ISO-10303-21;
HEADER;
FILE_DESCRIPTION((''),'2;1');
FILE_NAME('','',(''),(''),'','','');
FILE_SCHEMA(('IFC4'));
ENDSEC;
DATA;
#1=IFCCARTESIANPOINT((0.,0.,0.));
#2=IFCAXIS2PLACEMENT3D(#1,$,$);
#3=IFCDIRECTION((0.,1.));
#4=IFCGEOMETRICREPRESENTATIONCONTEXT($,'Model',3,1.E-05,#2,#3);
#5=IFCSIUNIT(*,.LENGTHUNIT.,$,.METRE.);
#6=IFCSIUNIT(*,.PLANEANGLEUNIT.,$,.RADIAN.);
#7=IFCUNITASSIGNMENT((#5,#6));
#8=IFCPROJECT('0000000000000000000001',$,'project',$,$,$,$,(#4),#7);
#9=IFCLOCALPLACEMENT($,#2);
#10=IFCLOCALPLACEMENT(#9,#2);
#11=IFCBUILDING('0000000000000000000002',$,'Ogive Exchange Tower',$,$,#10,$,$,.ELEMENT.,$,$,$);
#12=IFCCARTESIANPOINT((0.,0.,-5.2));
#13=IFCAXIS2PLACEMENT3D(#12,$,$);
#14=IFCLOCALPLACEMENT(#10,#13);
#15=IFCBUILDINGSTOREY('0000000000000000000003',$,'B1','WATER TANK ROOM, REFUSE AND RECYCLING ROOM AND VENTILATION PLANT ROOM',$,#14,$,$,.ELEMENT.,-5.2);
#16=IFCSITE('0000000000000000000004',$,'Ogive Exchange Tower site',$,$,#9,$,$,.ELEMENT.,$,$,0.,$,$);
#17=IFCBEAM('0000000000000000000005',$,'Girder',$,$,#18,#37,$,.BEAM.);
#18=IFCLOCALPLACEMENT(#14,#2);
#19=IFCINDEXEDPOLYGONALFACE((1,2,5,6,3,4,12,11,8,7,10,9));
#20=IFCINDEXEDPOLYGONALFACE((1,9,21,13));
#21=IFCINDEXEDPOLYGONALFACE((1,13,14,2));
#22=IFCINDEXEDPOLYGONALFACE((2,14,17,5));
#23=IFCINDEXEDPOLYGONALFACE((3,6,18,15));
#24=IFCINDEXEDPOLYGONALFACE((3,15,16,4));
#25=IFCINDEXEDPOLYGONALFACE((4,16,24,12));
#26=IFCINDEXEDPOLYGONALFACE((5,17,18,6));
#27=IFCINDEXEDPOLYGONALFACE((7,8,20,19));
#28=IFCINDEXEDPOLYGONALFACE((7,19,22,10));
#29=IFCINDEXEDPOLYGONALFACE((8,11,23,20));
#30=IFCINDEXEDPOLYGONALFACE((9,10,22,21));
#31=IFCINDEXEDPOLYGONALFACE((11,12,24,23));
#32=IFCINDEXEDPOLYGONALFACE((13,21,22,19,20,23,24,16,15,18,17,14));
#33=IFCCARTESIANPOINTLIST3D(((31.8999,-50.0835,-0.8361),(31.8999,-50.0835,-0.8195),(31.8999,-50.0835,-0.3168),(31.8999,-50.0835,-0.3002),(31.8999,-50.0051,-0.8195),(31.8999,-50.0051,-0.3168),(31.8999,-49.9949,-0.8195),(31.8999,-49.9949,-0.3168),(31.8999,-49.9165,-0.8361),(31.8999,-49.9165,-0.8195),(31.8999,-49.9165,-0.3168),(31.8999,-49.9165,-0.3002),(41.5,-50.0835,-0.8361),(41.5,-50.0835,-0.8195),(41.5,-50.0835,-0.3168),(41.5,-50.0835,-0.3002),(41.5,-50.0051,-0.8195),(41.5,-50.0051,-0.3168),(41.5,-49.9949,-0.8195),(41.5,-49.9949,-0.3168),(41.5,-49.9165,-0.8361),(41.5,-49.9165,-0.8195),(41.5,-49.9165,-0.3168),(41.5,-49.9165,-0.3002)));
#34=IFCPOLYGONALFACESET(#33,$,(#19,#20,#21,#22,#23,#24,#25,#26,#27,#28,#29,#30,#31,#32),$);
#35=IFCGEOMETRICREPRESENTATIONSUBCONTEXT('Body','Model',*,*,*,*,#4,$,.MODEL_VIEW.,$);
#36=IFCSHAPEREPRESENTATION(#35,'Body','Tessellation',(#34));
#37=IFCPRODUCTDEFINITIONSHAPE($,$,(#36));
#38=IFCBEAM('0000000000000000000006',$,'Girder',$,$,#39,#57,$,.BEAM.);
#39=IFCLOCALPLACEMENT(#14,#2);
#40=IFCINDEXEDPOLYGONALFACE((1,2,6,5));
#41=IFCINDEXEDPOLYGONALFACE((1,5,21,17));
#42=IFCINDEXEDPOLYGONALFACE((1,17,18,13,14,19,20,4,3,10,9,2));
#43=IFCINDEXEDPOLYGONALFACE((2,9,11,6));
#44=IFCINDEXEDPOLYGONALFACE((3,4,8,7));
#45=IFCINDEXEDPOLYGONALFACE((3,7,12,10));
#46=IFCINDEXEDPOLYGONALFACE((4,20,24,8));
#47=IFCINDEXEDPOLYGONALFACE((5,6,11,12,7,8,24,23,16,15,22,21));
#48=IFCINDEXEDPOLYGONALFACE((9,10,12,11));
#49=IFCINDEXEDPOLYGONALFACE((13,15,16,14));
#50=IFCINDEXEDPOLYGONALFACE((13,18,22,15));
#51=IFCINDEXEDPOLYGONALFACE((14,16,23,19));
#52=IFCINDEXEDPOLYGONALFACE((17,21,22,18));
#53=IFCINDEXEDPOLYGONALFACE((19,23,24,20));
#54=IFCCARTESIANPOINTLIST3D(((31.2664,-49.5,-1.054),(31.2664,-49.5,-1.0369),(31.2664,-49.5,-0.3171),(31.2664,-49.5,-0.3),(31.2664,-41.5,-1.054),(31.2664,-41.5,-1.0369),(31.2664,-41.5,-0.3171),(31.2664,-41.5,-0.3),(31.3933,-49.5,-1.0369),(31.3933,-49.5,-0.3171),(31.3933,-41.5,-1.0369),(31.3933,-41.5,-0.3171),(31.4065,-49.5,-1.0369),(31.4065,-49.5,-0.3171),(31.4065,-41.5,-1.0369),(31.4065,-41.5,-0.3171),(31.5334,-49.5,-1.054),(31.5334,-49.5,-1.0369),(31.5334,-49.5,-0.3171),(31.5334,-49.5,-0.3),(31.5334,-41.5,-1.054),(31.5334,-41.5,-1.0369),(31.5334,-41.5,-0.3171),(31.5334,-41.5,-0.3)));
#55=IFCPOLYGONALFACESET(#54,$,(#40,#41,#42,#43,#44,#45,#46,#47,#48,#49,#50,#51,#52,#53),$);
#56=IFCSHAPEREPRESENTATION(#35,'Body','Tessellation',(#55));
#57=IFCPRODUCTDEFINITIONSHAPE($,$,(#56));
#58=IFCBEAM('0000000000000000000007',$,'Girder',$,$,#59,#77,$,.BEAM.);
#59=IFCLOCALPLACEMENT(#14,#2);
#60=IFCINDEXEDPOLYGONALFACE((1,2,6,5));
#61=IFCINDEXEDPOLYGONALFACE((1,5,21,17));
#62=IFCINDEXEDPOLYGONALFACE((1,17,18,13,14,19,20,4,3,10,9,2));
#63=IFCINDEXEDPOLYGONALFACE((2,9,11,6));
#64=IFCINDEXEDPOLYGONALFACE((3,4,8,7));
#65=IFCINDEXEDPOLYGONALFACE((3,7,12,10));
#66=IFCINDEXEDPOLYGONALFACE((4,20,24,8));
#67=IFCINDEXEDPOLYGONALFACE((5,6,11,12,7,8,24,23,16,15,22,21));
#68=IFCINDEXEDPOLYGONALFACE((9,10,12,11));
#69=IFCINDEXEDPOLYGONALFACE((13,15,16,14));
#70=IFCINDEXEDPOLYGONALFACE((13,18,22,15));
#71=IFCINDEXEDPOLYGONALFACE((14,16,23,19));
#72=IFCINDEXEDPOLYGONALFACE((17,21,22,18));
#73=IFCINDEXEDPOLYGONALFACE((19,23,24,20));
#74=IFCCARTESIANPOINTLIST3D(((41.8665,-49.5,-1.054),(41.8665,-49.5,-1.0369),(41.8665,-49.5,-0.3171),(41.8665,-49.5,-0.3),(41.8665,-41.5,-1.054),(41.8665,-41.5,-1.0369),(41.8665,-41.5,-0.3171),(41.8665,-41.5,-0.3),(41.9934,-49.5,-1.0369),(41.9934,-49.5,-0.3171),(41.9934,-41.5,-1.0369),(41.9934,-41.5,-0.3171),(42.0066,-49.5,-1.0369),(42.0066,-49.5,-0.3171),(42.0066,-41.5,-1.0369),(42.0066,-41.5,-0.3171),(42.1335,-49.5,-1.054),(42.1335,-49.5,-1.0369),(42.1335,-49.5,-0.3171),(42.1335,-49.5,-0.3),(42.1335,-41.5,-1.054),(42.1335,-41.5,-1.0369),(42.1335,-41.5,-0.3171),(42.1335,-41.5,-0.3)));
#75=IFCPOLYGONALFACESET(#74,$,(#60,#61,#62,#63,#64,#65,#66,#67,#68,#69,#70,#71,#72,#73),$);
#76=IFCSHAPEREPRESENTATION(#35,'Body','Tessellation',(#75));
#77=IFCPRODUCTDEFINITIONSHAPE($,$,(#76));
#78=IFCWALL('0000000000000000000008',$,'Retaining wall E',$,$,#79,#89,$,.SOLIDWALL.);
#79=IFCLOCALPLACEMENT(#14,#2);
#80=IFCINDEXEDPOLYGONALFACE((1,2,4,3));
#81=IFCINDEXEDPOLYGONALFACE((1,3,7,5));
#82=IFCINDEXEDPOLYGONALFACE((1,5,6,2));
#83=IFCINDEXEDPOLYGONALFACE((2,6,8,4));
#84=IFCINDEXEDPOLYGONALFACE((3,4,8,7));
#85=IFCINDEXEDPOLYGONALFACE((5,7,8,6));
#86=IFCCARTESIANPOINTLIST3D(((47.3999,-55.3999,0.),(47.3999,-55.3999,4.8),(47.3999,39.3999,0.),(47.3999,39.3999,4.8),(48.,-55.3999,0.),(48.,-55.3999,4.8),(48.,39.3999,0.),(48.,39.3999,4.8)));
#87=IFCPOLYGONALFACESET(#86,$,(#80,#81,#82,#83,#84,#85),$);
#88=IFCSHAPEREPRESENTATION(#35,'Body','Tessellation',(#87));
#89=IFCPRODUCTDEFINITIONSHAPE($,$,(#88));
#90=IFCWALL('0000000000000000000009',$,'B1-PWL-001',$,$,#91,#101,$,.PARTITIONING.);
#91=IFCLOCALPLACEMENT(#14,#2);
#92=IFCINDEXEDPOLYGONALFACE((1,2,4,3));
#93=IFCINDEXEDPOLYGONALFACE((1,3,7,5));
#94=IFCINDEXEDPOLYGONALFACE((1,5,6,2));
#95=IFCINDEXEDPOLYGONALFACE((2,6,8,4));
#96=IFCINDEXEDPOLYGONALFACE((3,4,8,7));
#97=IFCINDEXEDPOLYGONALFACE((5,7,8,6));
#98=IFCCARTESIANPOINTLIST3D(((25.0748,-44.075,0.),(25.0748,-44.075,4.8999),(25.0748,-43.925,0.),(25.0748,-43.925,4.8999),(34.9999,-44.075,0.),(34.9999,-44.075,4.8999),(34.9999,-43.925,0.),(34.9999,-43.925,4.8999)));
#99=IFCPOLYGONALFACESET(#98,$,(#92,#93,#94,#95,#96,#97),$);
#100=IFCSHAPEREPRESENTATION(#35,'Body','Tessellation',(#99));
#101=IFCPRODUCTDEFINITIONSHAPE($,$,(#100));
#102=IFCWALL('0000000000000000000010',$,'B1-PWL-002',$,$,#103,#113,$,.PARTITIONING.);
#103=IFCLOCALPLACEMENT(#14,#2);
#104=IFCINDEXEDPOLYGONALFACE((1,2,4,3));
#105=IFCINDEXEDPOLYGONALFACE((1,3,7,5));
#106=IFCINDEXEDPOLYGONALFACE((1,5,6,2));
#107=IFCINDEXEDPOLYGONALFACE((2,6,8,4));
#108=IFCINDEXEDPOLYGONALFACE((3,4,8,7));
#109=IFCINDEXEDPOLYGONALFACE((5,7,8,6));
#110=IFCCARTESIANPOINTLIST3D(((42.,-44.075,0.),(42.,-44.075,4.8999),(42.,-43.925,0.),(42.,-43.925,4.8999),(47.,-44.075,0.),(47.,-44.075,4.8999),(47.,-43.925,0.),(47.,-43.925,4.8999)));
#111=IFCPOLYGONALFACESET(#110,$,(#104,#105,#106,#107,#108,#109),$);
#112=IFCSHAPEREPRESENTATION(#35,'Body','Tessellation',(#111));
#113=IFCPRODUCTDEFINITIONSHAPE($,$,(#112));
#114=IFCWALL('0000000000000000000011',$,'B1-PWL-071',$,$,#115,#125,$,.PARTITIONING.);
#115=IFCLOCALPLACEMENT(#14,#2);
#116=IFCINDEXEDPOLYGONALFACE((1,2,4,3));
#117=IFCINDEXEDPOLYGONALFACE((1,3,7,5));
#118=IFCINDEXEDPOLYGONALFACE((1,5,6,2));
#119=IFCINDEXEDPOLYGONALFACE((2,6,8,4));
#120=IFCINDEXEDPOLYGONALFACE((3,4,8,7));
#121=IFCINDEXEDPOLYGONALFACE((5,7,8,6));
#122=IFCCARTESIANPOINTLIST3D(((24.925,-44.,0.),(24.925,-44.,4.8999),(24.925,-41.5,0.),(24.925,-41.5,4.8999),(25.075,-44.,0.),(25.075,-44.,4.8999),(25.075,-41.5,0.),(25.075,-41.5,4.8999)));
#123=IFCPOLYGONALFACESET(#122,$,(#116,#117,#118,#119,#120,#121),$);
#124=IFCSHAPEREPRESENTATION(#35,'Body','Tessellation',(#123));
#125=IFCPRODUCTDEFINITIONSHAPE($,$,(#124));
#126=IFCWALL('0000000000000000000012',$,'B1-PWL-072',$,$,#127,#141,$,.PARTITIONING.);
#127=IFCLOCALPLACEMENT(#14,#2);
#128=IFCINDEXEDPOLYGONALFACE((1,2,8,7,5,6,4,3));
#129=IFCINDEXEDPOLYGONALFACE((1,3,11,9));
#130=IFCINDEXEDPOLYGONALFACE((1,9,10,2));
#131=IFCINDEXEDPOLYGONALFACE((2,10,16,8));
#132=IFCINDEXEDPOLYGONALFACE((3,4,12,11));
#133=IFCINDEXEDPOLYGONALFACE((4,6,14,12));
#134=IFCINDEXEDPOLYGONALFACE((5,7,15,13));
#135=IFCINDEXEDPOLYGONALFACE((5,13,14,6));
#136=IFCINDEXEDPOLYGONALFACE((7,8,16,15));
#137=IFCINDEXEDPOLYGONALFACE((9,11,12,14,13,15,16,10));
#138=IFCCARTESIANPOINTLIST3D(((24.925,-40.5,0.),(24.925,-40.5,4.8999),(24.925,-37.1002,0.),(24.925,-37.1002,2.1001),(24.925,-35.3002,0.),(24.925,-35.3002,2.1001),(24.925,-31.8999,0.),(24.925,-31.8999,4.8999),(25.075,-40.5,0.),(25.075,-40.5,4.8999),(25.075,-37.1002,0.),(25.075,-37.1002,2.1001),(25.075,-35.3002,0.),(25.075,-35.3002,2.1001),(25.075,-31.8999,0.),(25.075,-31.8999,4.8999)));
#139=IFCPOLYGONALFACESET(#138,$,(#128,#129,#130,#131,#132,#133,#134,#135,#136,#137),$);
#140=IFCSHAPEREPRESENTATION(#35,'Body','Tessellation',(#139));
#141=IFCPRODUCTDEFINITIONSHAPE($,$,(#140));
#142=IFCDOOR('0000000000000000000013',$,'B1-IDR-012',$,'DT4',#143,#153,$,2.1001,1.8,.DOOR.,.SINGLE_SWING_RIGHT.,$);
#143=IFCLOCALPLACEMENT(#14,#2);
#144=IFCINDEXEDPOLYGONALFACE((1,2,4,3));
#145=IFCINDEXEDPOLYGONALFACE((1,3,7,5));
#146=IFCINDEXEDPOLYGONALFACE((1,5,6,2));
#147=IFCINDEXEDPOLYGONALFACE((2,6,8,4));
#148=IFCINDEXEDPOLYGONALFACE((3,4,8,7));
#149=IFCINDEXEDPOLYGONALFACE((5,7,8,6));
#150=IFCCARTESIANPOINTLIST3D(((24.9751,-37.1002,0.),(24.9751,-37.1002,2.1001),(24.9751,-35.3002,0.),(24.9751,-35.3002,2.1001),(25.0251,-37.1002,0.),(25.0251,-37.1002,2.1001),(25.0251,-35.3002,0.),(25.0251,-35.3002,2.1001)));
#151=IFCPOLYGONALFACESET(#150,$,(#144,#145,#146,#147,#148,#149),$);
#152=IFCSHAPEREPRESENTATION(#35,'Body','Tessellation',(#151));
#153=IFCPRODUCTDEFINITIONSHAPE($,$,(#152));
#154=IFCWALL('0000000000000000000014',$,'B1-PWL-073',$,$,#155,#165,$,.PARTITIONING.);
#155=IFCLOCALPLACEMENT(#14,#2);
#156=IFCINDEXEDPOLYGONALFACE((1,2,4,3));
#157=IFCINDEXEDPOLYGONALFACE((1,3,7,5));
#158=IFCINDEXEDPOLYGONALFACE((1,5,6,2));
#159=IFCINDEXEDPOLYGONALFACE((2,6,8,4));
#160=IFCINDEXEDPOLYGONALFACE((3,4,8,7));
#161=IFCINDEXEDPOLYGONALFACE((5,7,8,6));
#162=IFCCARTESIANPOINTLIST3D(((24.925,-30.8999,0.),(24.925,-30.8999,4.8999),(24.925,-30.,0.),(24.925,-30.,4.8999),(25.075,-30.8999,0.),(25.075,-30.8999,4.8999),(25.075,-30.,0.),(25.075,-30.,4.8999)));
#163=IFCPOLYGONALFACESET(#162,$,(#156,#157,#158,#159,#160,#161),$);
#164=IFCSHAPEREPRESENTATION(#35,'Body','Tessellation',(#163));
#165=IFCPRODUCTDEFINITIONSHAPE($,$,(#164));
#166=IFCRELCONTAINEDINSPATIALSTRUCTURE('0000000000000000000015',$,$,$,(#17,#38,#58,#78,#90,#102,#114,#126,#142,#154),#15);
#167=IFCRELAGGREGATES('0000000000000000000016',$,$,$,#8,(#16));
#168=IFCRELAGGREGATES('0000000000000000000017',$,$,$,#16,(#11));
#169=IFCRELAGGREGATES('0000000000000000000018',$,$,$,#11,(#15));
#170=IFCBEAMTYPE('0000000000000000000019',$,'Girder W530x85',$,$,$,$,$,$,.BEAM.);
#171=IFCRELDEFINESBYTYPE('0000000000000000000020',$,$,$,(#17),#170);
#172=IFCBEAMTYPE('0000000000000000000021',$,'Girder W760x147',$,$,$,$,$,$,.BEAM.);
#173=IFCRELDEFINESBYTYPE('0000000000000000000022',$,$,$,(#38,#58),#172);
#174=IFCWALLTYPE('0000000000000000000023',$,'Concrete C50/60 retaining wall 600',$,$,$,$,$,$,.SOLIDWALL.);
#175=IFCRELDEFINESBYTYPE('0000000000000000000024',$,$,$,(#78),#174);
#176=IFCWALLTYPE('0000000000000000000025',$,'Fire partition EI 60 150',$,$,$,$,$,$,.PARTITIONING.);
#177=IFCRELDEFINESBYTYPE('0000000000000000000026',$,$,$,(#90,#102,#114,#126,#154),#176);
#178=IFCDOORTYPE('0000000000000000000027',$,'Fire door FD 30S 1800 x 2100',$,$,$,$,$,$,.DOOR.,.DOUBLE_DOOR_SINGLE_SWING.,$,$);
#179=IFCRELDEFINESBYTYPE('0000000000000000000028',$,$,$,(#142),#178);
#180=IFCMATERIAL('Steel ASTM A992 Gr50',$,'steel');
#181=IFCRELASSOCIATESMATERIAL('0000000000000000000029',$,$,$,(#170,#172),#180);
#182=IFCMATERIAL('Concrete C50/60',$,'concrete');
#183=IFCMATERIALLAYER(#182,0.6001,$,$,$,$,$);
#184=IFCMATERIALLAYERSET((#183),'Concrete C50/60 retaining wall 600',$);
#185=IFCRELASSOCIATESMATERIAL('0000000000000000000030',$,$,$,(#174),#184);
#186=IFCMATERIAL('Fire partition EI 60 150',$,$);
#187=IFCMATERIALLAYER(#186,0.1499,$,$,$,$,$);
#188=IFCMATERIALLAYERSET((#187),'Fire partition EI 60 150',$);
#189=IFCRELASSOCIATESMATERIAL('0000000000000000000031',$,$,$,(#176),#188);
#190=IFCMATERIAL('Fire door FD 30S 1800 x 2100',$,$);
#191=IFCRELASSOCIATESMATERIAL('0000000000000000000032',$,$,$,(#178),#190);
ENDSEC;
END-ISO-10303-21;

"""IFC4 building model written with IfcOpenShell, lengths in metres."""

from ifc_helpers import new_model, si_unit, direction, frame, frame_2d, origin, origin_2d, place, context, subcontext, project, spatial, rectangle, i_section, extrude, material, layer, layer_set, material_profile, profile_set, type_object, element, fill, save


model = new_model("IFC4")

# Units and contexts
model_context = context("Model", 3, precision=1e-05, world=origin(), true_north=direction((0.0, 1.0)))
body_context = subcontext(model_context, "Body", "Model", "MODEL_VIEW")
ifc_project = project(units=[si_unit("LENGTHUNIT", "METRE"), si_unit("PLANEANGLEUNIT", "RADIAN")], contexts=[model_context])

# Site, building, storey
site_placement = place(None, origin())
site = spatial("IfcSite", under=ifc_project, at=site_placement, Name="Ogive Exchange Tower site", CompositionType="ELEMENT", RefElevation=0.0)
building_placement = place(site_placement, origin())
building = spatial("IfcBuilding", under=site, at=building_placement, Name="Ogive Exchange Tower", CompositionType="ELEMENT")
storey_placement = place(building_placement, frame((0.0, 0.0, -5.2)))
storey = spatial("IfcBuildingStorey", under=building, at=storey_placement, Name="B1", Description="WATER TANK ROOM, REFUSE AND RECYCLING ROOM AND VENTILATION PLANT ROOM", CompositionType="ELEMENT", Elevation=-5.2)

# Beams
ifc_material_1 = material(Name="Steel ASTM A992 Gr50", Category="steel")
ifc_material_profile_1 = material_profile(ifc_material_1, i_section(OverallWidth=0.167, OverallDepth=0.5359, WebThickness=0.0103, FlangeThickness=0.0166, at=origin_2d()), Name="W530x85")
ifc_profile_set_1 = profile_set([ifc_material_profile_1], Name="Steel ASTM A992 Gr50")
beam_type_1 = type_object("IfcBeamType", Name="Girder W530x85", PredefinedType="BEAM", material=ifc_profile_set_1)
beam_1_placement = place(storey_placement, frame((31.8999, -50.0, -0.5681), z_axis=(1.0, 0.0, 0.0), x_axis=(0.0, 1.0, 0.0)))
element("IfcBeam", 1, at=beam_1_placement, inside=storey, type_object=beam_type_1, Name="Girder", PredefinedType="BEAM", context=body_context, shape_type="SweptSolid", body=[
    extrude(i_section(OverallWidth=0.167, OverallDepth=0.5359, WebThickness=0.0103, FlangeThickness=0.0166, at=origin_2d()), origin(), (0.0, 0.0, 1.0), 9.6001),
])
ifc_material_profile_2 = material_profile(ifc_material_1, i_section(OverallWidth=0.2671, OverallDepth=0.7539, WebThickness=0.0132, FlangeThickness=0.0171, at=origin_2d()), Name="W760x147")
ifc_profile_set_2 = profile_set([ifc_material_profile_2], Name="Steel ASTM A992 Gr50")
beam_type_2 = type_object("IfcBeamType", Name="Girder W760x147", PredefinedType="BEAM", material=ifc_profile_set_2)
for number, where, z_axis, x_axis, name in (
    (2, (31.3999, -49.5, -0.677), (0.0, 1.0, 0.0), (-1.0, 0.0, 0.0), "Girder"),
    (3, (42.0, -49.5, -0.677), (0.0, 1.0, 0.0), (-1.0, 0.0, 0.0), "Girder"),
):
    element("IfcBeam", number, at=place(storey_placement, frame(where, z_axis=z_axis, x_axis=x_axis)), inside=storey, type_object=beam_type_2, Name=name, PredefinedType="BEAM", context=body_context, shape_type="SweptSolid", body=[
        extrude(i_section(OverallWidth=0.2671, OverallDepth=0.7539, WebThickness=0.0132, FlangeThickness=0.0171, at=origin_2d()), origin(), (0.0, 0.0, 1.0), 8.0),
    ])

# Walls
ifc_material_2 = material(Name="Concrete C50/60", Category="concrete")
ifc_layer_1 = layer(ifc_material_2, 0.6001)
ifc_layer_set_1 = layer_set([ifc_layer_1], Name="Concrete C50/60 retaining wall 600")
wall_type_1 = type_object("IfcWallType", Name="Concrete C50/60 retaining wall 600", PredefinedType="SOLIDWALL", material=ifc_layer_set_1)
wall_1_placement = place(storey_placement, frame((47.7, -55.3999, 0.0), z_axis=(0.0, 0.0, 1.0), x_axis=(0.0, 1.0, 0.0)))
element("IfcWall", 4, at=wall_1_placement, inside=storey, type_object=wall_type_1, Name="Retaining wall E", PredefinedType="SOLIDWALL", context=body_context, shape_type="SweptSolid", body=[
    extrude(rectangle(XDim=94.7998, YDim=0.6001, at=frame_2d((47.3999, 0.0))), origin(), (0.0, 0.0, 1.0), 4.8),
])
ifc_material_3 = material(Name="Fire partition EI 60 150")
ifc_layer_2 = layer(ifc_material_3, 0.1499)
ifc_layer_set_2 = layer_set([ifc_layer_2], Name="Fire partition EI 60 150")
wall_type_2 = type_object("IfcWallType", Name="Fire partition EI 60 150", PredefinedType="PARTITIONING", material=ifc_layer_set_2)
wall_2_placement = place(storey_placement, frame((25.075, -44.0, 0.0), z_axis=(0.0, 0.0, 1.0), x_axis=(1.0, 0.0, 0.0)))
element("IfcWall", 5, at=wall_2_placement, inside=storey, type_object=wall_type_2, Name="B1-PWL-001", PredefinedType="PARTITIONING", context=body_context, shape_type="SweptSolid", body=[
    extrude(rectangle(XDim=9.925, YDim=0.1499, at=frame_2d((4.9624, 0.0))), origin(), (0.0, 0.0, 1.0), 4.8999),
])
wall_3_placement = place(storey_placement, frame((42.0, -44.0, 0.0), z_axis=(0.0, 0.0, 1.0), x_axis=(1.0, 0.0, 0.0)))
element("IfcWall", 6, at=wall_3_placement, inside=storey, type_object=wall_type_2, Name="B1-PWL-002", PredefinedType="PARTITIONING", context=body_context, shape_type="SweptSolid", body=[
    extrude(rectangle(XDim=5.0, YDim=0.1499, at=frame_2d((2.5, 0.0))), origin(), (0.0, 0.0, 1.0), 4.8999),
])
wall_4_placement = place(storey_placement, frame((25.0, -44.0, 0.0), z_axis=(0.0, 0.0, 1.0), x_axis=(0.0, 1.0, 0.0)))
element("IfcWall", 7, at=wall_4_placement, inside=storey, type_object=wall_type_2, Name="B1-PWL-071", PredefinedType="PARTITIONING", context=body_context, shape_type="SweptSolid", body=[
    extrude(rectangle(XDim=2.5, YDim=0.1499, at=frame_2d((1.25, 0.0))), origin(), (0.0, 0.0, 1.0), 4.8999),
])

# Wall, opening, door
wall_5_placement = place(storey_placement, frame((25.0, -40.5, 0.0), z_axis=(0.0, 0.0, 1.0), x_axis=(0.0, 1.0, 0.0)))
wall_5 = element("IfcWall", 8, at=wall_5_placement, inside=storey, type_object=wall_type_2, Name="B1-PWL-072", PredefinedType="PARTITIONING", context=body_context, shape_type="SweptSolid", body=[
    extrude(rectangle(XDim=8.6001, YDim=0.1499, at=frame_2d((4.3, 0.0))), origin(), (0.0, 0.0, 1.0), 4.8999),
])
opening_placement = place(wall_5_placement, frame((3.3999, 0.0, 0.0)))
opening = element("IfcOpeningElement", 9, at=opening_placement, cuts=wall_5, PredefinedType="OPENING", context=body_context, shape_type="SweptSolid", body=[
    extrude(rectangle(XDim=1.8, YDim=2.1001, at=frame_2d((0.8999, 1.05))), frame((0.0, 0.085, 0.0), z_axis=(0.0, -1.0, 0.0), x_axis=(1.0, 0.0, 0.0)), (0.0, 0.0, 1.0), 0.1699),
])
ifc_material_4 = material(Name="Fire door FD 30S 1800 x 2100")
door_type = type_object("IfcDoorType", Name="Fire door FD 30S 1800 x 2100", OperationType="DOUBLE_DOOR_SINGLE_SWING", PredefinedType="DOOR", material=ifc_material_4)
door_placement = place(opening_placement, origin())
door = element("IfcDoor", 10, at=door_placement, inside=storey, type_object=door_type, Name="B1-IDR-012", ObjectType="DT4", OperationType="SINGLE_SWING_RIGHT", OverallHeight=2.1001, OverallWidth=1.8, PredefinedType="DOOR", context=body_context, shape_type="SweptSolid", body=[
    extrude(rectangle(XDim=1.8, YDim=2.1001, at=frame_2d((0.8999, 1.05))), frame((0.0, 0.0249, 0.0), z_axis=(0.0, -1.0, 0.0), x_axis=(1.0, 0.0, 0.0)), (0.0, 0.0, 1.0), 0.05),
])
fill(opening, door)

# Wall
wall_6_placement = place(storey_placement, frame((25.0, -30.8999, 0.0), z_axis=(0.0, 0.0, 1.0), x_axis=(0.0, 1.0, 0.0)))
element("IfcWall", 11, at=wall_6_placement, inside=storey, type_object=wall_type_2, Name="B1-PWL-073", PredefinedType="PARTITIONING", context=body_context, shape_type="SweptSolid", body=[
    extrude(rectangle(XDim=0.8999, YDim=0.1499, at=frame_2d((0.45, 0.0))), origin(), (0.0, 0.0, 1.0), 4.8999),
])

save(model, "model.ifc")
